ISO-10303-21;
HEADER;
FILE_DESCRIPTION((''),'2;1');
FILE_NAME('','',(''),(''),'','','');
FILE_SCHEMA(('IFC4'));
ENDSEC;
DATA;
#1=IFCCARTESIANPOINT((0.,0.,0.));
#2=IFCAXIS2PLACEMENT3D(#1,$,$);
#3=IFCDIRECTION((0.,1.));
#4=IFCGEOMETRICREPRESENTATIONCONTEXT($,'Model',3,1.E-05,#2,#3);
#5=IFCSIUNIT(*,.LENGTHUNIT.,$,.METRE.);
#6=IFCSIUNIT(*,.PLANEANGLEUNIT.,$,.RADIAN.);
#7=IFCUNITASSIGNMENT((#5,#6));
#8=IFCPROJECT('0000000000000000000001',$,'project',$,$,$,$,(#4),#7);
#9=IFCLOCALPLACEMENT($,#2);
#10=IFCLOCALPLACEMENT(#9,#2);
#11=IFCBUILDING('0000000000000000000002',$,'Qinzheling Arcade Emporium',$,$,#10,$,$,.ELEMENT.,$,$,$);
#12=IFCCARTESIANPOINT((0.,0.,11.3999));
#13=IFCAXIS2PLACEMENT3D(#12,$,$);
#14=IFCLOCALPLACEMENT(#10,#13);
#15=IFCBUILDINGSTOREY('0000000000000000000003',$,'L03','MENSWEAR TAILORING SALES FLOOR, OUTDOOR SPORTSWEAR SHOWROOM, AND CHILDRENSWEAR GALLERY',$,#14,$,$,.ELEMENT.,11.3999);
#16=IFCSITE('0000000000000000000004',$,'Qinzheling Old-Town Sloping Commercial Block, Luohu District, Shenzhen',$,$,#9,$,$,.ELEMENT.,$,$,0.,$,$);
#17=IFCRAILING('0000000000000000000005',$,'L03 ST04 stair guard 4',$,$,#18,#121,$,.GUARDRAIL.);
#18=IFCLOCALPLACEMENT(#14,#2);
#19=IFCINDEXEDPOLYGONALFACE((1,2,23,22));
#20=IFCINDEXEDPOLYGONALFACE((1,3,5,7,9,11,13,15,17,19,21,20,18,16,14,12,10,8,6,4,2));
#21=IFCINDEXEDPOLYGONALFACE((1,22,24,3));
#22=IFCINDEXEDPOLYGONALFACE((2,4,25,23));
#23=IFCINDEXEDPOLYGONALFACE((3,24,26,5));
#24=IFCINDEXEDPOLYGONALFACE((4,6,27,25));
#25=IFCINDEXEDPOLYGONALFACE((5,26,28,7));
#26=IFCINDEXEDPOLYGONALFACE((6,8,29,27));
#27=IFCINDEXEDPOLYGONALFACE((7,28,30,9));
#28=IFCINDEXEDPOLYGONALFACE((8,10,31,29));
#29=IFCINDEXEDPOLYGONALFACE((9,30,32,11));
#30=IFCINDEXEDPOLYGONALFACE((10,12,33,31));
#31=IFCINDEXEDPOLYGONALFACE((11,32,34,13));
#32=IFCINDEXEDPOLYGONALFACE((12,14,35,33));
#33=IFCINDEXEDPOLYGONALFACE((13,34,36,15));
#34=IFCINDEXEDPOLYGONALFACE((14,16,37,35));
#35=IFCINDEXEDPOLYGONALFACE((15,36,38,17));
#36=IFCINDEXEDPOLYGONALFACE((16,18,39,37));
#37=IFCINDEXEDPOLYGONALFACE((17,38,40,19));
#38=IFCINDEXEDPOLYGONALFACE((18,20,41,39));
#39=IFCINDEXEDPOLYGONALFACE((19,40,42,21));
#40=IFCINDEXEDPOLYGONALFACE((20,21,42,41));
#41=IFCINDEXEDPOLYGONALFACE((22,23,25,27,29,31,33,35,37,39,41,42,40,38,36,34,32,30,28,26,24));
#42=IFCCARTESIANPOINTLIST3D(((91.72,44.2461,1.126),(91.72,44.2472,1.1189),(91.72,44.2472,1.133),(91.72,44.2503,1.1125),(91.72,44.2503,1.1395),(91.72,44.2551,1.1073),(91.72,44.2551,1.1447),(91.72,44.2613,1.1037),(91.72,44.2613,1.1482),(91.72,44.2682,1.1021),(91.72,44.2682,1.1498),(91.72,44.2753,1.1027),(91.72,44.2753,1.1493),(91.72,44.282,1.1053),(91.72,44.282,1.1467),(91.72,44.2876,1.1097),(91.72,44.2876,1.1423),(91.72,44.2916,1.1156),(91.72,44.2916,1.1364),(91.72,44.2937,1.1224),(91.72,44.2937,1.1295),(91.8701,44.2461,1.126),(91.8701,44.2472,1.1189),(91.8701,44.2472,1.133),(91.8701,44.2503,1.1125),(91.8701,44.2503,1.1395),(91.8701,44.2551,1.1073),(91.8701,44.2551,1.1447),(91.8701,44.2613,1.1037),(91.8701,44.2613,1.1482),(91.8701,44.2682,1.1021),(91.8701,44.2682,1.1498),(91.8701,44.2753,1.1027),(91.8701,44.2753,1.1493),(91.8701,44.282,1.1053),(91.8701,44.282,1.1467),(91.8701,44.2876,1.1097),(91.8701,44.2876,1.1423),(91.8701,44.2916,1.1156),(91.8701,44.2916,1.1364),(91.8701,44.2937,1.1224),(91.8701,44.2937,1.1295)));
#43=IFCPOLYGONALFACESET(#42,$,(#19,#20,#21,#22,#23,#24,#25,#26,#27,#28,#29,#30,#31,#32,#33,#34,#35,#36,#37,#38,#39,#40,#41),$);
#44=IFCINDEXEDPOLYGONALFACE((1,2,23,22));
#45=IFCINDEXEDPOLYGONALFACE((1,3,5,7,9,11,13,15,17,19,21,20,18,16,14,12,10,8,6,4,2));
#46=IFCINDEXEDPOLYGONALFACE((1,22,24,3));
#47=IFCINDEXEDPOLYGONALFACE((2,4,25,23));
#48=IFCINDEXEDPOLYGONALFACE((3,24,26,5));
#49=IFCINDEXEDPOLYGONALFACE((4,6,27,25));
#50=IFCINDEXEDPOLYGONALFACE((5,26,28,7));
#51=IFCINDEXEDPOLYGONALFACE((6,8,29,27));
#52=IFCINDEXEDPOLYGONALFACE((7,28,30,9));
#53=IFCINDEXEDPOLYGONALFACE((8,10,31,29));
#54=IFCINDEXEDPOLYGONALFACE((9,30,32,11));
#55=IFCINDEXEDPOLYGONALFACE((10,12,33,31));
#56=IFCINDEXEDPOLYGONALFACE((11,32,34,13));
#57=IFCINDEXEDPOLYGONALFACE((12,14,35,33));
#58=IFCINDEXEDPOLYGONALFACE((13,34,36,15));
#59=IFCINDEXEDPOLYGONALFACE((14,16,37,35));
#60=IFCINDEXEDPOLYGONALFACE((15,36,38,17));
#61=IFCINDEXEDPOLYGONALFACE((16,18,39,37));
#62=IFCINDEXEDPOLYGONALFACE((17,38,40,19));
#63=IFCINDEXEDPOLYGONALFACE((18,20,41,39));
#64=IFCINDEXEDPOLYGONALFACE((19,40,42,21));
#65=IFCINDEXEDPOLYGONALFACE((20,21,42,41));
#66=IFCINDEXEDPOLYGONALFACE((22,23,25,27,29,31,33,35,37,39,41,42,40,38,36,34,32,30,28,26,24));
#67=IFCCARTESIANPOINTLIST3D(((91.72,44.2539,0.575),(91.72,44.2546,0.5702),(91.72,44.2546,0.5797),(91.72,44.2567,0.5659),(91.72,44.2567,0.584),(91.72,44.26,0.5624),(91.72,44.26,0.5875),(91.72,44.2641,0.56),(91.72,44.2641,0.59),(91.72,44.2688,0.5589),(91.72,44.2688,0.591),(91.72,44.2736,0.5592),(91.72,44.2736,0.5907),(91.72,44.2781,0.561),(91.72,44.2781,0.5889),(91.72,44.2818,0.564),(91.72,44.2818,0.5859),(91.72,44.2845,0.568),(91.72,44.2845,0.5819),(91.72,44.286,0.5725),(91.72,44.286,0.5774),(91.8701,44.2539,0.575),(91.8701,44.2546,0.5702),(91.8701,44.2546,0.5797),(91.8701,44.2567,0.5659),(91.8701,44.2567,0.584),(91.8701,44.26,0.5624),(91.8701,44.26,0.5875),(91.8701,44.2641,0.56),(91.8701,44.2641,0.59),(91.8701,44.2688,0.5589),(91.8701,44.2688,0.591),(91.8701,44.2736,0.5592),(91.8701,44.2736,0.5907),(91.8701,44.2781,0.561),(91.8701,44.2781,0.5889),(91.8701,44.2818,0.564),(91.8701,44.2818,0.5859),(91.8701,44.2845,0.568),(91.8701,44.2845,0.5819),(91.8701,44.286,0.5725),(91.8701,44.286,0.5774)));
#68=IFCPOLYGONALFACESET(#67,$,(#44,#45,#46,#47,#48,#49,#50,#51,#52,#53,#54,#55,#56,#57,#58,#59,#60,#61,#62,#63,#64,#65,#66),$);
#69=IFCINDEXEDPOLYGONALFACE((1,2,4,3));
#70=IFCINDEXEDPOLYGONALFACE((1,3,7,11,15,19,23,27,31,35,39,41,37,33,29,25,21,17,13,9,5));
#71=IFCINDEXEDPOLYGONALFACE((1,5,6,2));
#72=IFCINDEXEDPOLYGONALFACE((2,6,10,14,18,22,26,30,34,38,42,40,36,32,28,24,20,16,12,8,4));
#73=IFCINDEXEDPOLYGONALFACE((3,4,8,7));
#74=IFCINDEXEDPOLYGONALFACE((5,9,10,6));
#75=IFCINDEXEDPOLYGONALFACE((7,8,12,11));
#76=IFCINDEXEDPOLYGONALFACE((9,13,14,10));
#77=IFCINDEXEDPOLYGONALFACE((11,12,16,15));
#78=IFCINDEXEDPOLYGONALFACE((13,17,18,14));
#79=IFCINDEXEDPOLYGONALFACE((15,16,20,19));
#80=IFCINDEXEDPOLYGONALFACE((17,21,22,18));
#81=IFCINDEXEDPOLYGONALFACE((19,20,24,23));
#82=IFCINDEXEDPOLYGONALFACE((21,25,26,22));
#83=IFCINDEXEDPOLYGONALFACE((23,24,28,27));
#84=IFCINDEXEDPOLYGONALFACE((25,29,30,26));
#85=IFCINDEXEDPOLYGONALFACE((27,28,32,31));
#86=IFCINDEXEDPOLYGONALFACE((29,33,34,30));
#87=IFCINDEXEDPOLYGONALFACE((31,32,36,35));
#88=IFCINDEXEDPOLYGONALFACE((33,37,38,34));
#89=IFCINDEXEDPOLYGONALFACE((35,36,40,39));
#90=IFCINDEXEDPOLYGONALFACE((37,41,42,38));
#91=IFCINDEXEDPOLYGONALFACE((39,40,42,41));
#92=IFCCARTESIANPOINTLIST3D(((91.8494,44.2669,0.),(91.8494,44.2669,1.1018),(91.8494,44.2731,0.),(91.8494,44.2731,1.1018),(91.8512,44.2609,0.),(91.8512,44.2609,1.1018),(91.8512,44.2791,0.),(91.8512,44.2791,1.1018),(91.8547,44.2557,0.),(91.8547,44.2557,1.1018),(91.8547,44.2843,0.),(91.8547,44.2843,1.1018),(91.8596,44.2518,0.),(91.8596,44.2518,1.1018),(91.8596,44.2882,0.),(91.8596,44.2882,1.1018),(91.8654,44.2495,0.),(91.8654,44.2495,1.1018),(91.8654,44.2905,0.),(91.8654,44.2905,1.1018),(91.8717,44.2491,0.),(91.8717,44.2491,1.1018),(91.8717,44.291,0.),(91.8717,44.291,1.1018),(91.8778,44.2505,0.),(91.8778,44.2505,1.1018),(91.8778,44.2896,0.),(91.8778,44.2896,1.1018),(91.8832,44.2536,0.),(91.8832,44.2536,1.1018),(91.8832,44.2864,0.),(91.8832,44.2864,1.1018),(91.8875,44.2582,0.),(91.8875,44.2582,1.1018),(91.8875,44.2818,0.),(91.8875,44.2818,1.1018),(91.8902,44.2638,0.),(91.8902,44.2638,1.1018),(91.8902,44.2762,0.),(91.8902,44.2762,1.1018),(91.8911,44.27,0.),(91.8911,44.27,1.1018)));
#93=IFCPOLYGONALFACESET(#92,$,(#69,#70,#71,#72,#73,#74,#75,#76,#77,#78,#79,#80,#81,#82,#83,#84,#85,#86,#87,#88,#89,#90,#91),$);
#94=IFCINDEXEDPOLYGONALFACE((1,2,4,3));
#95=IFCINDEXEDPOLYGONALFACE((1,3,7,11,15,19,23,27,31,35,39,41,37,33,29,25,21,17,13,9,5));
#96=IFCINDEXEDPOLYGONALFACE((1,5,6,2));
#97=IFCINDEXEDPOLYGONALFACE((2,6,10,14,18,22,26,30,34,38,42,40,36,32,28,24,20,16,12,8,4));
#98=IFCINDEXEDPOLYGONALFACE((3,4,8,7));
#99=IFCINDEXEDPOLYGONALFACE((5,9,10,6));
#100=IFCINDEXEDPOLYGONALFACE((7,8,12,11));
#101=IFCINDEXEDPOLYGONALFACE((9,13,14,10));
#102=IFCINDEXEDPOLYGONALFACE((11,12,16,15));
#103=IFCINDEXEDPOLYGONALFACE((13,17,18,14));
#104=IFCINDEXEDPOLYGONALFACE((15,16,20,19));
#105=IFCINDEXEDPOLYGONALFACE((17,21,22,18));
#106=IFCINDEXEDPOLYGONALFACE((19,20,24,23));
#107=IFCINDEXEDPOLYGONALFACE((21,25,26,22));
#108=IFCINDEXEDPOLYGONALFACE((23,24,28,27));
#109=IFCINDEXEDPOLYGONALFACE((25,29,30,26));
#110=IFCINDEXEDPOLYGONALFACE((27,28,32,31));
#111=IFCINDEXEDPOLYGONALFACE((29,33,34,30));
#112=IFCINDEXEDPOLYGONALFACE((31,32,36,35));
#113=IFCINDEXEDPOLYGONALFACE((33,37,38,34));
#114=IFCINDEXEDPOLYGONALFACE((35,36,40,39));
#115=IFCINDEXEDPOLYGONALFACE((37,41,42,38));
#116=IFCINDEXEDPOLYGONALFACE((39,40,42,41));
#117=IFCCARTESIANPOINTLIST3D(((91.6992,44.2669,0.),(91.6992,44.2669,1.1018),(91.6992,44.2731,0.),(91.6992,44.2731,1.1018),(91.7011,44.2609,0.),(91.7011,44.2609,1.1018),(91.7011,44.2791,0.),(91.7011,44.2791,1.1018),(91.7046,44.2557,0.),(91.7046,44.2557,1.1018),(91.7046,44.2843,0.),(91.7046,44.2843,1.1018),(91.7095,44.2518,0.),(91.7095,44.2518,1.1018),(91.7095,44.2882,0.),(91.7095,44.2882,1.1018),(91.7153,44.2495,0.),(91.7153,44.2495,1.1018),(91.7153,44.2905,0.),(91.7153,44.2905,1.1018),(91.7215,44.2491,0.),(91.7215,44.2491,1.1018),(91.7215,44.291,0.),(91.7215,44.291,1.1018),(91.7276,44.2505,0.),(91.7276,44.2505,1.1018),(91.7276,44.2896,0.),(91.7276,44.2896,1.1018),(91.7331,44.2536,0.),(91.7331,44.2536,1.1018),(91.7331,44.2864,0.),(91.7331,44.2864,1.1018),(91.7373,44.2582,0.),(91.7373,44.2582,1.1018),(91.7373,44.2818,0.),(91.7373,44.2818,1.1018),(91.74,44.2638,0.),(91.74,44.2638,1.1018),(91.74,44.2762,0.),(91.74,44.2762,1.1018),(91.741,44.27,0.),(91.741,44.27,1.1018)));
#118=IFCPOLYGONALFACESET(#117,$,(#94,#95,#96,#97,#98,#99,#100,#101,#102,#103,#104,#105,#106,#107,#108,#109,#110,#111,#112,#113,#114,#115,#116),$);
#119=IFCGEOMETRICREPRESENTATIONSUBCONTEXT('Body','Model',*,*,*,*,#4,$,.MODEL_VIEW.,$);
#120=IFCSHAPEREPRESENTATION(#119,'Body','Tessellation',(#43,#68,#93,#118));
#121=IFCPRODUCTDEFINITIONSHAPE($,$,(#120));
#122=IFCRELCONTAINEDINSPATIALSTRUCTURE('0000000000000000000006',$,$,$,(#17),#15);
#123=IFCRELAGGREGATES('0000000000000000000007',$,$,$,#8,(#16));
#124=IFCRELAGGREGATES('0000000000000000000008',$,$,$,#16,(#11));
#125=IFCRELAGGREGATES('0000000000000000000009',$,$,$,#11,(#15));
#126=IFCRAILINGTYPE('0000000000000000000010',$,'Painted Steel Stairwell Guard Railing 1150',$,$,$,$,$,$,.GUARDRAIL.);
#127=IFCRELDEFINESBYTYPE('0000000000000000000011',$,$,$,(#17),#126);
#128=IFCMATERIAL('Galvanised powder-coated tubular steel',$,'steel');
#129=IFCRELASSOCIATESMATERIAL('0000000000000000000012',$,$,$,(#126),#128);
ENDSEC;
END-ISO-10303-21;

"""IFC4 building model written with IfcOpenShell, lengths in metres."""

from ifc_helpers import new_model, si_unit, direction, frame, origin, origin_2d, place, context, subcontext, project, spatial, circle, extrude, material, type_object, element, save


model = new_model("IFC4")

# Units and contexts
model_context = context("Model", 3, precision=1e-05, world=origin(), true_north=direction((0.0, 1.0)))
body_context = subcontext(model_context, "Body", "Model", "MODEL_VIEW")
ifc_project = project(units=[si_unit("LENGTHUNIT", "METRE"), si_unit("PLANEANGLEUNIT", "RADIAN")], contexts=[model_context])

# Site, building, storey
site_placement = place(None, origin())
site = spatial("IfcSite", under=ifc_project, at=site_placement, Name="Qinzheling Old-Town Sloping Commercial Block, Luohu District, Shenzhen", CompositionType="ELEMENT", RefElevation=0.0)
building_placement = place(site_placement, origin())
building = spatial("IfcBuilding", under=site, at=building_placement, Name="Qinzheling Arcade Emporium", CompositionType="ELEMENT")
storey_placement = place(building_placement, frame((0.0, 0.0, 11.3999)))
storey = spatial("IfcBuildingStorey", under=building, at=storey_placement, Name="L03", Description="MENSWEAR TAILORING SALES FLOOR, OUTDOOR SPORTSWEAR SHOWROOM, AND CHILDRENSWEAR GALLERY", CompositionType="ELEMENT", Elevation=11.3999)

# Railing
ifc_material_1 = material(Name="Galvanised powder-coated tubular steel", Category="steel")
railing_type_1 = type_object("IfcRailingType", Name="Painted Steel Stairwell Guard Railing 1150", PredefinedType="GUARDRAIL", material=ifc_material_1)
railing_1_placement = place(storey_placement, frame((91.8701, 44.27, 0.0)))
element("IfcRailing", 1, at=railing_1_placement, inside=storey, type_object=railing_type_1, Name="L03 ST04 stair guard 4", PredefinedType="GUARDRAIL", context=body_context, shape_type="SweptSolid", body=[
    extrude(circle(Radius=0.0239, at=origin_2d()), frame((0.0, 0.0, 1.126), z_axis=(-1.0, 0.0, 0.0), x_axis=(0.0, -1.0, 0.0)), (0.0, 0.0, 1.0), 0.1501),
    extrude(circle(Radius=0.0161, at=origin_2d()), frame((0.0, 0.0, 0.575), z_axis=(-1.0, 0.0, 0.0), x_axis=(0.0, -1.0, 0.0)), (0.0, 0.0, 1.0), 0.1501),
    extrude(circle(Radius=0.021, at=origin_2d()), origin(), (0.0, 0.0, 1.0), 1.1018),
    extrude(circle(Radius=0.021, at=origin_2d()), frame((-0.1501, 0.0, 0.0)), (0.0, 0.0, 1.0), 1.1018),
])

save(model, "model.ifc")
